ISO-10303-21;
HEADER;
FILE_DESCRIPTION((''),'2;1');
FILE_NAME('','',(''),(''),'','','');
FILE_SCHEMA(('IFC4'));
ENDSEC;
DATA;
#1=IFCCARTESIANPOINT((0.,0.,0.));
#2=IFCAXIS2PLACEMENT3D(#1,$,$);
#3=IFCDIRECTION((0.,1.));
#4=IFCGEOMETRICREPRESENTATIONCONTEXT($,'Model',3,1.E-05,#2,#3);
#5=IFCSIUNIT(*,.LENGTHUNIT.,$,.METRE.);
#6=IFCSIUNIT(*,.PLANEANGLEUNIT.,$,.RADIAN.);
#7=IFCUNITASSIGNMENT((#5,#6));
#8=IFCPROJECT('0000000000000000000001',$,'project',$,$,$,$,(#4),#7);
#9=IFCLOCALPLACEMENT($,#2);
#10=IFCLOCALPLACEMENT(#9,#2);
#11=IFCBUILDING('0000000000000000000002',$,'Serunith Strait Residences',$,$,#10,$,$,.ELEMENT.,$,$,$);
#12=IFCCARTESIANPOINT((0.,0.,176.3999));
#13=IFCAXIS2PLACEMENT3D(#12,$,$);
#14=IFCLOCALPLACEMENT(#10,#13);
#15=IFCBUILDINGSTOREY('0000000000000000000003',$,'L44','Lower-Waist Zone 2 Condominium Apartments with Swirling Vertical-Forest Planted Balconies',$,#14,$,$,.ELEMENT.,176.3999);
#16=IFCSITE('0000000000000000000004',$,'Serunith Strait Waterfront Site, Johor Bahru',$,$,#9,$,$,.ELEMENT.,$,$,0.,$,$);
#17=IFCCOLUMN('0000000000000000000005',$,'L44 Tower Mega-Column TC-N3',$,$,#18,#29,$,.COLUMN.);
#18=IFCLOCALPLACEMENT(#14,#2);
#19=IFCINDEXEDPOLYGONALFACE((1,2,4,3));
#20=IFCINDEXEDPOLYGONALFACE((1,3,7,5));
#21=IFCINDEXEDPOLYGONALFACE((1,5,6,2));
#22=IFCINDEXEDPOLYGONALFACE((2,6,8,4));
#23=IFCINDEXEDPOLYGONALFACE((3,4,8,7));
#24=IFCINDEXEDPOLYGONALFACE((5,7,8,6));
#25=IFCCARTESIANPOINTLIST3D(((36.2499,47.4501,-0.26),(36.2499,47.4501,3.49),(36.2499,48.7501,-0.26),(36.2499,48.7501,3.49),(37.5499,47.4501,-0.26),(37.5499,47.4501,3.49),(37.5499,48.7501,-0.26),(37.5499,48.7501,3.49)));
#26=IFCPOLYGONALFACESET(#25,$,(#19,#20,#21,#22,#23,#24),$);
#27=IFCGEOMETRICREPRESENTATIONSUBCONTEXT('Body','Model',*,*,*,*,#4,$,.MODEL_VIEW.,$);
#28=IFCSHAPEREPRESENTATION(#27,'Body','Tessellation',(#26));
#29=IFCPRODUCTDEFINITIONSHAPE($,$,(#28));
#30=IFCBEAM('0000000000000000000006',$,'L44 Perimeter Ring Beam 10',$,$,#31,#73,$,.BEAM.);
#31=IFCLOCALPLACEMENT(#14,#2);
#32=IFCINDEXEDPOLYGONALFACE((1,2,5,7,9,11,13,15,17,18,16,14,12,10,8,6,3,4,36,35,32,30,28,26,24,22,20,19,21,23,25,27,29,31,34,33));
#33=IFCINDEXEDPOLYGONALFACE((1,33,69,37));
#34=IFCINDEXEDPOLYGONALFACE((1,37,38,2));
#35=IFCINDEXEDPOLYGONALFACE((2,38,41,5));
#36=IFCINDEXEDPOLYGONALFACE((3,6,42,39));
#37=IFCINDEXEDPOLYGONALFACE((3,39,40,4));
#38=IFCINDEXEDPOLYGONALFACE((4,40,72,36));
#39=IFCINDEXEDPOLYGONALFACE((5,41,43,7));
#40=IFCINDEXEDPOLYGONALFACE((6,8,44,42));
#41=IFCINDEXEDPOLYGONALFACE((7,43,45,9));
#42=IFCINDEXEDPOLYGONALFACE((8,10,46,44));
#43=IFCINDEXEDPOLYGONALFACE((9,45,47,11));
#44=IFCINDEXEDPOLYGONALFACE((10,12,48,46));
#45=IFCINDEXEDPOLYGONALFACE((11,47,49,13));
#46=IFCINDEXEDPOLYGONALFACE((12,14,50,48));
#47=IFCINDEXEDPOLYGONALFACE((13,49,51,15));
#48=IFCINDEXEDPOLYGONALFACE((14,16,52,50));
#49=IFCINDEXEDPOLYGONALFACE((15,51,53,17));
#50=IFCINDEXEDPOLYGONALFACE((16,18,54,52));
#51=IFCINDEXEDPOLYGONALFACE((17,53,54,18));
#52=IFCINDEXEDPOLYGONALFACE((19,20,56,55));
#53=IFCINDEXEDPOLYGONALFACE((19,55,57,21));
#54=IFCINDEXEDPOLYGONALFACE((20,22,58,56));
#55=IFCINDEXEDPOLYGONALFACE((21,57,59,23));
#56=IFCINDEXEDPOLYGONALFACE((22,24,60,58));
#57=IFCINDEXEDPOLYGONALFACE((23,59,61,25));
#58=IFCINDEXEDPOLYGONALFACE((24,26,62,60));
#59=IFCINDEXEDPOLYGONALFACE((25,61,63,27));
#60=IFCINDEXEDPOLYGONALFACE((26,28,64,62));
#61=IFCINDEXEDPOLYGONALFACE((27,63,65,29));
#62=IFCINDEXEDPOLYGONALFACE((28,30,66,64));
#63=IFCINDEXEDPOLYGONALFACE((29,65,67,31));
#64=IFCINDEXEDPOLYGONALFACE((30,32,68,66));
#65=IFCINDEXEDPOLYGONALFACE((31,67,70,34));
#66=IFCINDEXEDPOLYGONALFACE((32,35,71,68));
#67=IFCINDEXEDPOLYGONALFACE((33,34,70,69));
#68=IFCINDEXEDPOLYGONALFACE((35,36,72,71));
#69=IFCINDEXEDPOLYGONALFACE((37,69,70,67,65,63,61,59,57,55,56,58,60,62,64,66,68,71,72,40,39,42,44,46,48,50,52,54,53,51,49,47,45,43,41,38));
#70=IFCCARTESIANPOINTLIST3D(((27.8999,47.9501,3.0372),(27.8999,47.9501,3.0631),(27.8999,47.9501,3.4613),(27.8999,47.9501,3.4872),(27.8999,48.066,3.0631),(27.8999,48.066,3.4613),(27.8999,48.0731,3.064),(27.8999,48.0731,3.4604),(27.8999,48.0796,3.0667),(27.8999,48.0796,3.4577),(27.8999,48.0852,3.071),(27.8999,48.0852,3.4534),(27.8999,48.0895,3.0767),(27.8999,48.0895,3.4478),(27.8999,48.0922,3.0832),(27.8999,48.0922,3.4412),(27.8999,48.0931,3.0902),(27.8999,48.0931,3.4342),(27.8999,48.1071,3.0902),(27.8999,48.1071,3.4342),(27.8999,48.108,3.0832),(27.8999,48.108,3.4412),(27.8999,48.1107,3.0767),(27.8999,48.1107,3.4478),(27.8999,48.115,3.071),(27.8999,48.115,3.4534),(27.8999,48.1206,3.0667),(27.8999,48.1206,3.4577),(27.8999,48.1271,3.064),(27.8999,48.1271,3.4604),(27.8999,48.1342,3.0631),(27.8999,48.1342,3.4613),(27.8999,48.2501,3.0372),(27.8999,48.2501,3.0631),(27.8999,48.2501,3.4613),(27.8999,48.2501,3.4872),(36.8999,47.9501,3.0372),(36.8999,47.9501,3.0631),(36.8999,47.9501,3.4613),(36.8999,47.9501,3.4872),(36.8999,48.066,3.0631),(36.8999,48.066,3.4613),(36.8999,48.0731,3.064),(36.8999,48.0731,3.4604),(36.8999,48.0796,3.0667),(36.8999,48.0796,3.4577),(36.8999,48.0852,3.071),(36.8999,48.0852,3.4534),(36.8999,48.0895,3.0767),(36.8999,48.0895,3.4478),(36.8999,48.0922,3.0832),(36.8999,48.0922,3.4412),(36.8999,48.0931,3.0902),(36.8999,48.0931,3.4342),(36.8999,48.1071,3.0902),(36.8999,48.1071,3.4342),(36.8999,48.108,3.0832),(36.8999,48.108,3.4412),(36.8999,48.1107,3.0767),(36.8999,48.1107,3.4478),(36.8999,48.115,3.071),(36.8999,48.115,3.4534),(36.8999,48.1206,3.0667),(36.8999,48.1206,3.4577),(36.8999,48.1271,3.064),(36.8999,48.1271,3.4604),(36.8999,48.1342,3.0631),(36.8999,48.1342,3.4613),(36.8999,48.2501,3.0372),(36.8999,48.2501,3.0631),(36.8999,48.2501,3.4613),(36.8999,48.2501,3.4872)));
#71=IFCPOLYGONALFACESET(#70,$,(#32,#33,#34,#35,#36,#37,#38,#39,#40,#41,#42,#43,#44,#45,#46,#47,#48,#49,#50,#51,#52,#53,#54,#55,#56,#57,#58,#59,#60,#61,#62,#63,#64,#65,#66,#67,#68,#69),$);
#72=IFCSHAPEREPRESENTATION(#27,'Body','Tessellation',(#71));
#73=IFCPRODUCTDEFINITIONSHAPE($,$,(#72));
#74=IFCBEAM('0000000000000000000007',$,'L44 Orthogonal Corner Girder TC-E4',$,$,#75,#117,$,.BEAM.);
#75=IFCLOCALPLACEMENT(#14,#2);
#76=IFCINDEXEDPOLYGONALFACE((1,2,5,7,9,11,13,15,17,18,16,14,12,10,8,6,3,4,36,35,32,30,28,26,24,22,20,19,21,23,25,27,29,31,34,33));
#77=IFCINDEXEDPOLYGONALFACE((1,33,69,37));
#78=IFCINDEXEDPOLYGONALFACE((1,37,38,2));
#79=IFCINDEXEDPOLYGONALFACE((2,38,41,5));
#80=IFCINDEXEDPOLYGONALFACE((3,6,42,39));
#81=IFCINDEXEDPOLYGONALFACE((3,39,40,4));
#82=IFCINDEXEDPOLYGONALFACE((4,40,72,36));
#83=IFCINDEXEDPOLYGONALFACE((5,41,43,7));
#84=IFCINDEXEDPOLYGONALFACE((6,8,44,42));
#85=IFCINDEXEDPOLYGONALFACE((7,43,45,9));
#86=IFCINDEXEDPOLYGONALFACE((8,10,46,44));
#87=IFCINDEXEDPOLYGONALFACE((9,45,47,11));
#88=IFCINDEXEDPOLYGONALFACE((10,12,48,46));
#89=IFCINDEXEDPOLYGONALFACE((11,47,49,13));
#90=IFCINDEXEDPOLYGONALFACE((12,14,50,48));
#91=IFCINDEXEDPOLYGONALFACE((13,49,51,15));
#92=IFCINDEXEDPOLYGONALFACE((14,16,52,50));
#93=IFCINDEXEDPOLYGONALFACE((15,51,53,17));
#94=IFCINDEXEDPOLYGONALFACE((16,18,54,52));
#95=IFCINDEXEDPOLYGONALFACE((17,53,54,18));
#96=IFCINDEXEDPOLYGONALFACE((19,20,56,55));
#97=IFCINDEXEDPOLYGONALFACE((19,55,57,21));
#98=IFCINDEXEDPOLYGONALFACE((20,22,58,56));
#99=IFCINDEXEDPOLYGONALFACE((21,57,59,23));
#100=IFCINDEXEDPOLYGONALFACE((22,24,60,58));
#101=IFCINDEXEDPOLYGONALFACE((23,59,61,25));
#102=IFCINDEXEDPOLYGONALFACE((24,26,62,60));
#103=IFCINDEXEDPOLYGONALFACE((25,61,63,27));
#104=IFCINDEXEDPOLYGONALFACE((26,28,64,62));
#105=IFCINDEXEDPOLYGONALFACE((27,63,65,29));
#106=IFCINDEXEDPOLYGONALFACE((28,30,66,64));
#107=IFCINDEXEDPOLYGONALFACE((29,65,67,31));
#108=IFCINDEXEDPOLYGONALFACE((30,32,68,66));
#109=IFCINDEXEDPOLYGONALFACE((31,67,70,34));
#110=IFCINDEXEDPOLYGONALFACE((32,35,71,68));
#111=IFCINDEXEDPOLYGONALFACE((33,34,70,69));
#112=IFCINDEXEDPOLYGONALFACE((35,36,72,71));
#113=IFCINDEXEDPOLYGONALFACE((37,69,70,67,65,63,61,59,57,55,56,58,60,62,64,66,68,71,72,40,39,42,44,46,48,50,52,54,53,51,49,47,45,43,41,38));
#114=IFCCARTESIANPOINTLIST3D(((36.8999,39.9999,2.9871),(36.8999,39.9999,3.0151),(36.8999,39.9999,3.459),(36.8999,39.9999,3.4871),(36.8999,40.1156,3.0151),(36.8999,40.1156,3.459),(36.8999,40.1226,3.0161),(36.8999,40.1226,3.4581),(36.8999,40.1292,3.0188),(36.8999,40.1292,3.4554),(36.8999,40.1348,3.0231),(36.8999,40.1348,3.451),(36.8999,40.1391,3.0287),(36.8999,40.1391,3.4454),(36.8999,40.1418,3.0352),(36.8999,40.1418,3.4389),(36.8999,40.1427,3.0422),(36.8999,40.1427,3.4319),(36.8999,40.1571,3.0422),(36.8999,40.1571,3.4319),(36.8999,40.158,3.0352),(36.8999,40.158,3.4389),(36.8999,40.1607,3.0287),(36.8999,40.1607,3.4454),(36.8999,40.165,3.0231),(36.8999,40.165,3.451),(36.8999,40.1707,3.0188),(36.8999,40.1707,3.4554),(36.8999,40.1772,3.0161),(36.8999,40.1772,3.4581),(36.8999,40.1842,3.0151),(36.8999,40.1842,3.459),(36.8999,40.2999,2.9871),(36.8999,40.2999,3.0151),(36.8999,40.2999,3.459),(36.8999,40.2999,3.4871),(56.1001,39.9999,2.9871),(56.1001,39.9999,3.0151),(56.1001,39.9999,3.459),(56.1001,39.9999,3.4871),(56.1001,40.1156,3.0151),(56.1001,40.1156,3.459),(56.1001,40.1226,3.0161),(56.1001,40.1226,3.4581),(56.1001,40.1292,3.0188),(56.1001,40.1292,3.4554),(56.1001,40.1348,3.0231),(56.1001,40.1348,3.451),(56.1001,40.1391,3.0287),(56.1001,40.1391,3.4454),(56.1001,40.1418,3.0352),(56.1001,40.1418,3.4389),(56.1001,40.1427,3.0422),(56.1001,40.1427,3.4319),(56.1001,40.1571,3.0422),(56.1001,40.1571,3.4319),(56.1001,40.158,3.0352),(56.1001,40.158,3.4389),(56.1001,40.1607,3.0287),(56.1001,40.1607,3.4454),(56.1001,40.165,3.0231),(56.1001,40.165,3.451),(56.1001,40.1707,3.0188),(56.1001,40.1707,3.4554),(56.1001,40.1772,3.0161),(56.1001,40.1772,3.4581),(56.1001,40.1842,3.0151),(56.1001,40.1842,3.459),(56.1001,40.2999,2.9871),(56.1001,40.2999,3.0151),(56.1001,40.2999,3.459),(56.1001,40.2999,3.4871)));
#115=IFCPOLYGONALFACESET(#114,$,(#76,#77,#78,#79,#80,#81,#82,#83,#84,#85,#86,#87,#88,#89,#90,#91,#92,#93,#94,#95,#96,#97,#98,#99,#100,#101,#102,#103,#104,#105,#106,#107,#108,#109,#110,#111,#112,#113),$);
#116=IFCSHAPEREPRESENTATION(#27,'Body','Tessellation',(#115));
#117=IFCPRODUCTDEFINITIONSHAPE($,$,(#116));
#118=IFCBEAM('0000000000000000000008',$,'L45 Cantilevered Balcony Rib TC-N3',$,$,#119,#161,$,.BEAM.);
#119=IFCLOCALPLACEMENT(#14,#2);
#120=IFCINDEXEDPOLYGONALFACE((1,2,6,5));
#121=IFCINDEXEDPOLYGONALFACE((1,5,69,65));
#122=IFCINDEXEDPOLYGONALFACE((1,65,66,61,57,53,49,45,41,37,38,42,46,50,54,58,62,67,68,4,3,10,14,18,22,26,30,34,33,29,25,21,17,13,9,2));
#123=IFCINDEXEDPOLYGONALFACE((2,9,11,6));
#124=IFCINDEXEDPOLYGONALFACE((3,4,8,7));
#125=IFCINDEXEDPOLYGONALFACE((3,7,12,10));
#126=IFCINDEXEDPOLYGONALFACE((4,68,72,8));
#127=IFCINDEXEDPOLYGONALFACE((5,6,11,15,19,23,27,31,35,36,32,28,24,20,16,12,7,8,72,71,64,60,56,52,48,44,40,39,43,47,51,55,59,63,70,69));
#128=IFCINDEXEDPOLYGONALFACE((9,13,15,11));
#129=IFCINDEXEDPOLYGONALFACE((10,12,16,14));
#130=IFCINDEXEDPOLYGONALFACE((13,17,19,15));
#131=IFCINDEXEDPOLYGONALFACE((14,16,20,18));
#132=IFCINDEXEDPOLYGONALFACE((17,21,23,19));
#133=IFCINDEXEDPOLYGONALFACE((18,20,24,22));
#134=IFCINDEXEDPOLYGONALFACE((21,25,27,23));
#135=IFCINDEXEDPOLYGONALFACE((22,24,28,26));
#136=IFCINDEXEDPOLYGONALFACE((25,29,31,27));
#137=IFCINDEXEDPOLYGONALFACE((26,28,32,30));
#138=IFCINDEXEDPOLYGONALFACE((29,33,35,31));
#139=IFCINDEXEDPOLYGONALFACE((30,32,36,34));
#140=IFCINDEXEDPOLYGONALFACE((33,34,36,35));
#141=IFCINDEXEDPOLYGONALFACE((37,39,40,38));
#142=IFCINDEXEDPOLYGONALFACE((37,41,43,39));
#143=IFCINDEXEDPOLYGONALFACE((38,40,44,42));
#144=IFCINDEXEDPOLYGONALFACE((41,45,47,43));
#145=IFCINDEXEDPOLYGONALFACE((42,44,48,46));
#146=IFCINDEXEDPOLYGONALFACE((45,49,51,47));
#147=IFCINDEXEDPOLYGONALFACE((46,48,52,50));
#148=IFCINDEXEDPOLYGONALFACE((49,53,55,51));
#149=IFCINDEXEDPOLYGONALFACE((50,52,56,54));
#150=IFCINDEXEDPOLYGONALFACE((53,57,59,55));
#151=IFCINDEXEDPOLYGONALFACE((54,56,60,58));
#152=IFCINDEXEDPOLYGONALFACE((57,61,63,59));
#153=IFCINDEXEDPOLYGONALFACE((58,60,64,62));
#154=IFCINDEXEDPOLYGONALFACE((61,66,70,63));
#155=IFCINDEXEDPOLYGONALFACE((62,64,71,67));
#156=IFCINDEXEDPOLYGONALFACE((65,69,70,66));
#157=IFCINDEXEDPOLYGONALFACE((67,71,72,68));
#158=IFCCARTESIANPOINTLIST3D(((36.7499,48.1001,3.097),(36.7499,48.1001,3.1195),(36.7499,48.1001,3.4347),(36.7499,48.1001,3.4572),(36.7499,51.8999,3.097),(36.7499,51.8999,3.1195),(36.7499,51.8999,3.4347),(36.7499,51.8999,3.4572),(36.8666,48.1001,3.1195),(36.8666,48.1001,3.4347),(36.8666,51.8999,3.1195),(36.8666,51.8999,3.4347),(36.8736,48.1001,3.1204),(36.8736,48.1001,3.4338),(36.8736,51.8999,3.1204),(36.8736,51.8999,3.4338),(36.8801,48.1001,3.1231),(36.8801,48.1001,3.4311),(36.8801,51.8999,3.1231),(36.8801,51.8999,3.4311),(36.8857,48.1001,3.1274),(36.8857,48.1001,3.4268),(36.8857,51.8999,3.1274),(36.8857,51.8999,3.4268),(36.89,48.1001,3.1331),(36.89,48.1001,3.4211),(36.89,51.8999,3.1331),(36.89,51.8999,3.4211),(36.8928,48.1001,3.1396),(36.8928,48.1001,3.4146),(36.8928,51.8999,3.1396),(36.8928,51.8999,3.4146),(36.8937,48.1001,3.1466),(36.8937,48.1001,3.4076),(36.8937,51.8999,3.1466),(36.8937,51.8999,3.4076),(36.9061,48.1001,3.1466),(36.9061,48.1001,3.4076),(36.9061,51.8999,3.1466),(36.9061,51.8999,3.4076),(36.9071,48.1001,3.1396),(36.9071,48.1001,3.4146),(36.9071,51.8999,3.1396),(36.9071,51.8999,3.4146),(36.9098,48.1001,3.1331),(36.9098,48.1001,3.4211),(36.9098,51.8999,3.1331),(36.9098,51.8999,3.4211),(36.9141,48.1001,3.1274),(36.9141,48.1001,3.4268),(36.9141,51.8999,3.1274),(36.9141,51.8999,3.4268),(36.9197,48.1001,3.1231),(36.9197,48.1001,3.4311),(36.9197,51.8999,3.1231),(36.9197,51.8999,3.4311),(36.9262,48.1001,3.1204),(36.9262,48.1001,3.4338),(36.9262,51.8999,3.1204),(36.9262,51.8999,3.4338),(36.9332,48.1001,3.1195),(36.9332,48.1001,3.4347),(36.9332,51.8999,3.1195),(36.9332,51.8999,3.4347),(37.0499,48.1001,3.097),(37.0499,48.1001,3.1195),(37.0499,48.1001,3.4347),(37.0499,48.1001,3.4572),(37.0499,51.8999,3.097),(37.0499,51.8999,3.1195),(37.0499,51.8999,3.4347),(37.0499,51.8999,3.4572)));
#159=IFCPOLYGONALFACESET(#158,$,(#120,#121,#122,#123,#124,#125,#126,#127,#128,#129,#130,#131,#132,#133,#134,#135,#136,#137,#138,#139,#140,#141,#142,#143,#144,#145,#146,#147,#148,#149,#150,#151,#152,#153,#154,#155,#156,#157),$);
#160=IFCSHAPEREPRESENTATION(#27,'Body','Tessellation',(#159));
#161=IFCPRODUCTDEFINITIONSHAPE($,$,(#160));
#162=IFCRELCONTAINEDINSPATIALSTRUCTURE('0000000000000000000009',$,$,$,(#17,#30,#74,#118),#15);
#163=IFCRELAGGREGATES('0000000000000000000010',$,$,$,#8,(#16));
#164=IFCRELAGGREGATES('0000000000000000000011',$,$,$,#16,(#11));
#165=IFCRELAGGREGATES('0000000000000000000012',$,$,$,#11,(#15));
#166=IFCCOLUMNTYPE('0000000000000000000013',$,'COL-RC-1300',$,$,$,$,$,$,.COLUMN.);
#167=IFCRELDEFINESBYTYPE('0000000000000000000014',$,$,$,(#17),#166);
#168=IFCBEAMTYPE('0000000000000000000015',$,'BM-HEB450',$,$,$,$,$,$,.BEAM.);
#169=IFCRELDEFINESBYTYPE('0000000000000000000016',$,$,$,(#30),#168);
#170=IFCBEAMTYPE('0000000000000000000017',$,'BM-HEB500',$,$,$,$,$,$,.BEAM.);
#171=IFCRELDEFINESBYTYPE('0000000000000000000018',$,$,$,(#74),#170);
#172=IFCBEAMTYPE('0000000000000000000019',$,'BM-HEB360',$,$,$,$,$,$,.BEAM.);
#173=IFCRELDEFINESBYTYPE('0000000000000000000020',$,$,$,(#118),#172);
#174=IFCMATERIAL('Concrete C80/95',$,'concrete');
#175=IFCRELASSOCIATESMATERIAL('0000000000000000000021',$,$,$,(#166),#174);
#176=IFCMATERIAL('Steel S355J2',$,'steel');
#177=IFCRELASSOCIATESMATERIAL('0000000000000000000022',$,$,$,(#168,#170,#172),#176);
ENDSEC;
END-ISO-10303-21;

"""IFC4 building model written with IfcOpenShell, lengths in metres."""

from ifc_helpers import new_model, si_unit, direction, frame, origin, origin_2d, place, context, subcontext, project, spatial, rectangle, i_section, extrude, source, transform, mapped, material, material_profile, profile_set, type_object, element, save


model = new_model("IFC4")

# Units and contexts
model_context = context("Model", 3, precision=1e-05, world=origin(), true_north=direction((0.0, 1.0)))
body_context = subcontext(model_context, "Body", "Model", "MODEL_VIEW")
ifc_project = project(units=[si_unit("LENGTHUNIT", "METRE"), si_unit("PLANEANGLEUNIT", "RADIAN")], contexts=[model_context])

# Site, building, storey
site_placement = place(None, origin())
site = spatial("IfcSite", under=ifc_project, at=site_placement, Name="Serunith Strait Waterfront Site, Johor Bahru", CompositionType="ELEMENT", RefElevation=0.0)
building_placement = place(site_placement, origin())
building = spatial("IfcBuilding", under=site, at=building_placement, Name="Serunith Strait Residences", CompositionType="ELEMENT")
storey_placement = place(building_placement, frame((0.0, 0.0, 176.3999)))
storey = spatial("IfcBuildingStorey", under=building, at=storey_placement, Name="L44", Description="Lower-Waist Zone 2 Condominium Apartments with Swirling Vertical-Forest Planted Balconies", CompositionType="ELEMENT", Elevation=176.3999)

# Column
ifc_material_1 = material(Name="Concrete C80/95", Category="concrete")
ifc_material_profile_1 = material_profile(ifc_material_1, rectangle(XDim=1.3, YDim=1.3, at=origin_2d()), Name="RC 1300x1300")
ifc_profile_set_1 = profile_set([ifc_material_profile_1], Name="Concrete C80/95")
column_type = type_object("IfcColumnType", Name="COL-RC-1300", PredefinedType="COLUMN", material=ifc_profile_set_1)
shared_shape_1 = source(origin(), body_context, "Body", "SweptSolid", [
    extrude(rectangle(XDim=1.3, YDim=1.3, at=origin_2d()), origin(), (0.0, 0.0, 1.0), 3.75),
])
column_placement = place(storey_placement, frame((36.8999, 48.1001, -0.26), z_axis=(0.0, 0.0, 1.0), x_axis=(1.0, 0.0, 0.0)))
element("IfcColumn", 1, at=column_placement, inside=storey, type_object=column_type, Name="L44 Tower Mega-Column TC-N3", PredefinedType="COLUMN", context=body_context, shape_type="MappedRepresentation", body=[
    mapped(shared_shape_1, transform((0.0, 0.0, 0.0), scale=1.0)),
])

# Beams
ifc_material_2 = material(Name="Steel S355J2", Category="steel")
ifc_material_profile_2 = material_profile(ifc_material_2, i_section(OverallWidth=0.3, OverallDepth=0.45, WebThickness=0.0139, FlangeThickness=0.0259, FilletRadius=0.0271, at=origin_2d()), Name="HEB 450")
ifc_profile_set_2 = profile_set([ifc_material_profile_2], Name="Steel S355J2")
beam_type_1 = type_object("IfcBeamType", Name="BM-HEB450", PredefinedType="BEAM", material=ifc_profile_set_2)
shared_shape_2 = source(origin(), body_context, "Body", "SweptSolid", [
    extrude(i_section(OverallWidth=0.3, OverallDepth=0.45, WebThickness=0.0139, FlangeThickness=0.0259, FilletRadius=0.0271, at=origin_2d()), origin(), (0.0, 0.0, 1.0), 9.0),
])
beam_1_placement = place(storey_placement, frame((36.8999, 48.1001, 3.2622), z_axis=(-1.0, 0.0, 0.0), x_axis=(0.0, -1.0, 0.0)))
element("IfcBeam", 2, at=beam_1_placement, inside=storey, type_object=beam_type_1, Name="L44 Perimeter Ring Beam 10", PredefinedType="BEAM", context=body_context, shape_type="MappedRepresentation", body=[
    mapped(shared_shape_2, transform((0.0, 0.0, 0.0), scale=1.0)),
])
ifc_material_profile_3 = material_profile(ifc_material_2, i_section(OverallWidth=0.3, OverallDepth=0.5, WebThickness=0.0144, FlangeThickness=0.0281, FilletRadius=0.0271, at=origin_2d()), Name="HEB 500")
ifc_profile_set_3 = profile_set([ifc_material_profile_3], Name="Steel S355J2")
beam_type_2 = type_object("IfcBeamType", Name="BM-HEB500", PredefinedType="BEAM", material=ifc_profile_set_3)
shared_shape_3 = source(origin(), body_context, "Body", "SweptSolid", [
    extrude(i_section(OverallWidth=0.3, OverallDepth=0.5, WebThickness=0.0144, FlangeThickness=0.0281, FilletRadius=0.0271, at=origin_2d()), origin(), (0.0, 0.0, 1.0), 19.2002),
])
beam_2_placement = place(storey_placement, frame((36.8999, 40.1499, 3.2371), z_axis=(1.0, 0.0, 0.0), x_axis=(0.0, 1.0, 0.0)))
element("IfcBeam", 3, at=beam_2_placement, inside=storey, type_object=beam_type_2, Name="L44 Orthogonal Corner Girder TC-E4", PredefinedType="BEAM", context=body_context, shape_type="MappedRepresentation", body=[
    mapped(shared_shape_3, transform((0.0, 0.0, 0.0), scale=1.0)),
])
ifc_material_profile_4 = material_profile(ifc_material_2, i_section(OverallWidth=0.3, OverallDepth=0.3601, WebThickness=0.0125, FlangeThickness=0.0225, FilletRadius=0.0271, at=origin_2d()), Name="HEB 360")
ifc_profile_set_4 = profile_set([ifc_material_profile_4], Name="Steel S355J2")
beam_type_3 = type_object("IfcBeamType", Name="BM-HEB360", PredefinedType="BEAM", material=ifc_profile_set_4)
shared_shape_4 = source(origin(), body_context, "Body", "SweptSolid", [
    extrude(i_section(OverallWidth=0.3, OverallDepth=0.3601, WebThickness=0.0125, FlangeThickness=0.0225, FilletRadius=0.0271, at=origin_2d()), origin(), (0.0, 0.0, 1.0), 3.7998),
])
beam_3_placement = place(storey_placement, frame((36.8999, 48.1001, 3.2771), z_axis=(0.0, 1.0, 0.0), x_axis=(-1.0, 0.0, 0.0)))
element("IfcBeam", 4, at=beam_3_placement, inside=storey, type_object=beam_type_3, Name="L45 Cantilevered Balcony Rib TC-N3", PredefinedType="BEAM", context=body_context, shape_type="MappedRepresentation", body=[
    mapped(shared_shape_4, transform((0.0, 0.0, 0.0), scale=1.0)),
])

save(model, "model.ifc")
